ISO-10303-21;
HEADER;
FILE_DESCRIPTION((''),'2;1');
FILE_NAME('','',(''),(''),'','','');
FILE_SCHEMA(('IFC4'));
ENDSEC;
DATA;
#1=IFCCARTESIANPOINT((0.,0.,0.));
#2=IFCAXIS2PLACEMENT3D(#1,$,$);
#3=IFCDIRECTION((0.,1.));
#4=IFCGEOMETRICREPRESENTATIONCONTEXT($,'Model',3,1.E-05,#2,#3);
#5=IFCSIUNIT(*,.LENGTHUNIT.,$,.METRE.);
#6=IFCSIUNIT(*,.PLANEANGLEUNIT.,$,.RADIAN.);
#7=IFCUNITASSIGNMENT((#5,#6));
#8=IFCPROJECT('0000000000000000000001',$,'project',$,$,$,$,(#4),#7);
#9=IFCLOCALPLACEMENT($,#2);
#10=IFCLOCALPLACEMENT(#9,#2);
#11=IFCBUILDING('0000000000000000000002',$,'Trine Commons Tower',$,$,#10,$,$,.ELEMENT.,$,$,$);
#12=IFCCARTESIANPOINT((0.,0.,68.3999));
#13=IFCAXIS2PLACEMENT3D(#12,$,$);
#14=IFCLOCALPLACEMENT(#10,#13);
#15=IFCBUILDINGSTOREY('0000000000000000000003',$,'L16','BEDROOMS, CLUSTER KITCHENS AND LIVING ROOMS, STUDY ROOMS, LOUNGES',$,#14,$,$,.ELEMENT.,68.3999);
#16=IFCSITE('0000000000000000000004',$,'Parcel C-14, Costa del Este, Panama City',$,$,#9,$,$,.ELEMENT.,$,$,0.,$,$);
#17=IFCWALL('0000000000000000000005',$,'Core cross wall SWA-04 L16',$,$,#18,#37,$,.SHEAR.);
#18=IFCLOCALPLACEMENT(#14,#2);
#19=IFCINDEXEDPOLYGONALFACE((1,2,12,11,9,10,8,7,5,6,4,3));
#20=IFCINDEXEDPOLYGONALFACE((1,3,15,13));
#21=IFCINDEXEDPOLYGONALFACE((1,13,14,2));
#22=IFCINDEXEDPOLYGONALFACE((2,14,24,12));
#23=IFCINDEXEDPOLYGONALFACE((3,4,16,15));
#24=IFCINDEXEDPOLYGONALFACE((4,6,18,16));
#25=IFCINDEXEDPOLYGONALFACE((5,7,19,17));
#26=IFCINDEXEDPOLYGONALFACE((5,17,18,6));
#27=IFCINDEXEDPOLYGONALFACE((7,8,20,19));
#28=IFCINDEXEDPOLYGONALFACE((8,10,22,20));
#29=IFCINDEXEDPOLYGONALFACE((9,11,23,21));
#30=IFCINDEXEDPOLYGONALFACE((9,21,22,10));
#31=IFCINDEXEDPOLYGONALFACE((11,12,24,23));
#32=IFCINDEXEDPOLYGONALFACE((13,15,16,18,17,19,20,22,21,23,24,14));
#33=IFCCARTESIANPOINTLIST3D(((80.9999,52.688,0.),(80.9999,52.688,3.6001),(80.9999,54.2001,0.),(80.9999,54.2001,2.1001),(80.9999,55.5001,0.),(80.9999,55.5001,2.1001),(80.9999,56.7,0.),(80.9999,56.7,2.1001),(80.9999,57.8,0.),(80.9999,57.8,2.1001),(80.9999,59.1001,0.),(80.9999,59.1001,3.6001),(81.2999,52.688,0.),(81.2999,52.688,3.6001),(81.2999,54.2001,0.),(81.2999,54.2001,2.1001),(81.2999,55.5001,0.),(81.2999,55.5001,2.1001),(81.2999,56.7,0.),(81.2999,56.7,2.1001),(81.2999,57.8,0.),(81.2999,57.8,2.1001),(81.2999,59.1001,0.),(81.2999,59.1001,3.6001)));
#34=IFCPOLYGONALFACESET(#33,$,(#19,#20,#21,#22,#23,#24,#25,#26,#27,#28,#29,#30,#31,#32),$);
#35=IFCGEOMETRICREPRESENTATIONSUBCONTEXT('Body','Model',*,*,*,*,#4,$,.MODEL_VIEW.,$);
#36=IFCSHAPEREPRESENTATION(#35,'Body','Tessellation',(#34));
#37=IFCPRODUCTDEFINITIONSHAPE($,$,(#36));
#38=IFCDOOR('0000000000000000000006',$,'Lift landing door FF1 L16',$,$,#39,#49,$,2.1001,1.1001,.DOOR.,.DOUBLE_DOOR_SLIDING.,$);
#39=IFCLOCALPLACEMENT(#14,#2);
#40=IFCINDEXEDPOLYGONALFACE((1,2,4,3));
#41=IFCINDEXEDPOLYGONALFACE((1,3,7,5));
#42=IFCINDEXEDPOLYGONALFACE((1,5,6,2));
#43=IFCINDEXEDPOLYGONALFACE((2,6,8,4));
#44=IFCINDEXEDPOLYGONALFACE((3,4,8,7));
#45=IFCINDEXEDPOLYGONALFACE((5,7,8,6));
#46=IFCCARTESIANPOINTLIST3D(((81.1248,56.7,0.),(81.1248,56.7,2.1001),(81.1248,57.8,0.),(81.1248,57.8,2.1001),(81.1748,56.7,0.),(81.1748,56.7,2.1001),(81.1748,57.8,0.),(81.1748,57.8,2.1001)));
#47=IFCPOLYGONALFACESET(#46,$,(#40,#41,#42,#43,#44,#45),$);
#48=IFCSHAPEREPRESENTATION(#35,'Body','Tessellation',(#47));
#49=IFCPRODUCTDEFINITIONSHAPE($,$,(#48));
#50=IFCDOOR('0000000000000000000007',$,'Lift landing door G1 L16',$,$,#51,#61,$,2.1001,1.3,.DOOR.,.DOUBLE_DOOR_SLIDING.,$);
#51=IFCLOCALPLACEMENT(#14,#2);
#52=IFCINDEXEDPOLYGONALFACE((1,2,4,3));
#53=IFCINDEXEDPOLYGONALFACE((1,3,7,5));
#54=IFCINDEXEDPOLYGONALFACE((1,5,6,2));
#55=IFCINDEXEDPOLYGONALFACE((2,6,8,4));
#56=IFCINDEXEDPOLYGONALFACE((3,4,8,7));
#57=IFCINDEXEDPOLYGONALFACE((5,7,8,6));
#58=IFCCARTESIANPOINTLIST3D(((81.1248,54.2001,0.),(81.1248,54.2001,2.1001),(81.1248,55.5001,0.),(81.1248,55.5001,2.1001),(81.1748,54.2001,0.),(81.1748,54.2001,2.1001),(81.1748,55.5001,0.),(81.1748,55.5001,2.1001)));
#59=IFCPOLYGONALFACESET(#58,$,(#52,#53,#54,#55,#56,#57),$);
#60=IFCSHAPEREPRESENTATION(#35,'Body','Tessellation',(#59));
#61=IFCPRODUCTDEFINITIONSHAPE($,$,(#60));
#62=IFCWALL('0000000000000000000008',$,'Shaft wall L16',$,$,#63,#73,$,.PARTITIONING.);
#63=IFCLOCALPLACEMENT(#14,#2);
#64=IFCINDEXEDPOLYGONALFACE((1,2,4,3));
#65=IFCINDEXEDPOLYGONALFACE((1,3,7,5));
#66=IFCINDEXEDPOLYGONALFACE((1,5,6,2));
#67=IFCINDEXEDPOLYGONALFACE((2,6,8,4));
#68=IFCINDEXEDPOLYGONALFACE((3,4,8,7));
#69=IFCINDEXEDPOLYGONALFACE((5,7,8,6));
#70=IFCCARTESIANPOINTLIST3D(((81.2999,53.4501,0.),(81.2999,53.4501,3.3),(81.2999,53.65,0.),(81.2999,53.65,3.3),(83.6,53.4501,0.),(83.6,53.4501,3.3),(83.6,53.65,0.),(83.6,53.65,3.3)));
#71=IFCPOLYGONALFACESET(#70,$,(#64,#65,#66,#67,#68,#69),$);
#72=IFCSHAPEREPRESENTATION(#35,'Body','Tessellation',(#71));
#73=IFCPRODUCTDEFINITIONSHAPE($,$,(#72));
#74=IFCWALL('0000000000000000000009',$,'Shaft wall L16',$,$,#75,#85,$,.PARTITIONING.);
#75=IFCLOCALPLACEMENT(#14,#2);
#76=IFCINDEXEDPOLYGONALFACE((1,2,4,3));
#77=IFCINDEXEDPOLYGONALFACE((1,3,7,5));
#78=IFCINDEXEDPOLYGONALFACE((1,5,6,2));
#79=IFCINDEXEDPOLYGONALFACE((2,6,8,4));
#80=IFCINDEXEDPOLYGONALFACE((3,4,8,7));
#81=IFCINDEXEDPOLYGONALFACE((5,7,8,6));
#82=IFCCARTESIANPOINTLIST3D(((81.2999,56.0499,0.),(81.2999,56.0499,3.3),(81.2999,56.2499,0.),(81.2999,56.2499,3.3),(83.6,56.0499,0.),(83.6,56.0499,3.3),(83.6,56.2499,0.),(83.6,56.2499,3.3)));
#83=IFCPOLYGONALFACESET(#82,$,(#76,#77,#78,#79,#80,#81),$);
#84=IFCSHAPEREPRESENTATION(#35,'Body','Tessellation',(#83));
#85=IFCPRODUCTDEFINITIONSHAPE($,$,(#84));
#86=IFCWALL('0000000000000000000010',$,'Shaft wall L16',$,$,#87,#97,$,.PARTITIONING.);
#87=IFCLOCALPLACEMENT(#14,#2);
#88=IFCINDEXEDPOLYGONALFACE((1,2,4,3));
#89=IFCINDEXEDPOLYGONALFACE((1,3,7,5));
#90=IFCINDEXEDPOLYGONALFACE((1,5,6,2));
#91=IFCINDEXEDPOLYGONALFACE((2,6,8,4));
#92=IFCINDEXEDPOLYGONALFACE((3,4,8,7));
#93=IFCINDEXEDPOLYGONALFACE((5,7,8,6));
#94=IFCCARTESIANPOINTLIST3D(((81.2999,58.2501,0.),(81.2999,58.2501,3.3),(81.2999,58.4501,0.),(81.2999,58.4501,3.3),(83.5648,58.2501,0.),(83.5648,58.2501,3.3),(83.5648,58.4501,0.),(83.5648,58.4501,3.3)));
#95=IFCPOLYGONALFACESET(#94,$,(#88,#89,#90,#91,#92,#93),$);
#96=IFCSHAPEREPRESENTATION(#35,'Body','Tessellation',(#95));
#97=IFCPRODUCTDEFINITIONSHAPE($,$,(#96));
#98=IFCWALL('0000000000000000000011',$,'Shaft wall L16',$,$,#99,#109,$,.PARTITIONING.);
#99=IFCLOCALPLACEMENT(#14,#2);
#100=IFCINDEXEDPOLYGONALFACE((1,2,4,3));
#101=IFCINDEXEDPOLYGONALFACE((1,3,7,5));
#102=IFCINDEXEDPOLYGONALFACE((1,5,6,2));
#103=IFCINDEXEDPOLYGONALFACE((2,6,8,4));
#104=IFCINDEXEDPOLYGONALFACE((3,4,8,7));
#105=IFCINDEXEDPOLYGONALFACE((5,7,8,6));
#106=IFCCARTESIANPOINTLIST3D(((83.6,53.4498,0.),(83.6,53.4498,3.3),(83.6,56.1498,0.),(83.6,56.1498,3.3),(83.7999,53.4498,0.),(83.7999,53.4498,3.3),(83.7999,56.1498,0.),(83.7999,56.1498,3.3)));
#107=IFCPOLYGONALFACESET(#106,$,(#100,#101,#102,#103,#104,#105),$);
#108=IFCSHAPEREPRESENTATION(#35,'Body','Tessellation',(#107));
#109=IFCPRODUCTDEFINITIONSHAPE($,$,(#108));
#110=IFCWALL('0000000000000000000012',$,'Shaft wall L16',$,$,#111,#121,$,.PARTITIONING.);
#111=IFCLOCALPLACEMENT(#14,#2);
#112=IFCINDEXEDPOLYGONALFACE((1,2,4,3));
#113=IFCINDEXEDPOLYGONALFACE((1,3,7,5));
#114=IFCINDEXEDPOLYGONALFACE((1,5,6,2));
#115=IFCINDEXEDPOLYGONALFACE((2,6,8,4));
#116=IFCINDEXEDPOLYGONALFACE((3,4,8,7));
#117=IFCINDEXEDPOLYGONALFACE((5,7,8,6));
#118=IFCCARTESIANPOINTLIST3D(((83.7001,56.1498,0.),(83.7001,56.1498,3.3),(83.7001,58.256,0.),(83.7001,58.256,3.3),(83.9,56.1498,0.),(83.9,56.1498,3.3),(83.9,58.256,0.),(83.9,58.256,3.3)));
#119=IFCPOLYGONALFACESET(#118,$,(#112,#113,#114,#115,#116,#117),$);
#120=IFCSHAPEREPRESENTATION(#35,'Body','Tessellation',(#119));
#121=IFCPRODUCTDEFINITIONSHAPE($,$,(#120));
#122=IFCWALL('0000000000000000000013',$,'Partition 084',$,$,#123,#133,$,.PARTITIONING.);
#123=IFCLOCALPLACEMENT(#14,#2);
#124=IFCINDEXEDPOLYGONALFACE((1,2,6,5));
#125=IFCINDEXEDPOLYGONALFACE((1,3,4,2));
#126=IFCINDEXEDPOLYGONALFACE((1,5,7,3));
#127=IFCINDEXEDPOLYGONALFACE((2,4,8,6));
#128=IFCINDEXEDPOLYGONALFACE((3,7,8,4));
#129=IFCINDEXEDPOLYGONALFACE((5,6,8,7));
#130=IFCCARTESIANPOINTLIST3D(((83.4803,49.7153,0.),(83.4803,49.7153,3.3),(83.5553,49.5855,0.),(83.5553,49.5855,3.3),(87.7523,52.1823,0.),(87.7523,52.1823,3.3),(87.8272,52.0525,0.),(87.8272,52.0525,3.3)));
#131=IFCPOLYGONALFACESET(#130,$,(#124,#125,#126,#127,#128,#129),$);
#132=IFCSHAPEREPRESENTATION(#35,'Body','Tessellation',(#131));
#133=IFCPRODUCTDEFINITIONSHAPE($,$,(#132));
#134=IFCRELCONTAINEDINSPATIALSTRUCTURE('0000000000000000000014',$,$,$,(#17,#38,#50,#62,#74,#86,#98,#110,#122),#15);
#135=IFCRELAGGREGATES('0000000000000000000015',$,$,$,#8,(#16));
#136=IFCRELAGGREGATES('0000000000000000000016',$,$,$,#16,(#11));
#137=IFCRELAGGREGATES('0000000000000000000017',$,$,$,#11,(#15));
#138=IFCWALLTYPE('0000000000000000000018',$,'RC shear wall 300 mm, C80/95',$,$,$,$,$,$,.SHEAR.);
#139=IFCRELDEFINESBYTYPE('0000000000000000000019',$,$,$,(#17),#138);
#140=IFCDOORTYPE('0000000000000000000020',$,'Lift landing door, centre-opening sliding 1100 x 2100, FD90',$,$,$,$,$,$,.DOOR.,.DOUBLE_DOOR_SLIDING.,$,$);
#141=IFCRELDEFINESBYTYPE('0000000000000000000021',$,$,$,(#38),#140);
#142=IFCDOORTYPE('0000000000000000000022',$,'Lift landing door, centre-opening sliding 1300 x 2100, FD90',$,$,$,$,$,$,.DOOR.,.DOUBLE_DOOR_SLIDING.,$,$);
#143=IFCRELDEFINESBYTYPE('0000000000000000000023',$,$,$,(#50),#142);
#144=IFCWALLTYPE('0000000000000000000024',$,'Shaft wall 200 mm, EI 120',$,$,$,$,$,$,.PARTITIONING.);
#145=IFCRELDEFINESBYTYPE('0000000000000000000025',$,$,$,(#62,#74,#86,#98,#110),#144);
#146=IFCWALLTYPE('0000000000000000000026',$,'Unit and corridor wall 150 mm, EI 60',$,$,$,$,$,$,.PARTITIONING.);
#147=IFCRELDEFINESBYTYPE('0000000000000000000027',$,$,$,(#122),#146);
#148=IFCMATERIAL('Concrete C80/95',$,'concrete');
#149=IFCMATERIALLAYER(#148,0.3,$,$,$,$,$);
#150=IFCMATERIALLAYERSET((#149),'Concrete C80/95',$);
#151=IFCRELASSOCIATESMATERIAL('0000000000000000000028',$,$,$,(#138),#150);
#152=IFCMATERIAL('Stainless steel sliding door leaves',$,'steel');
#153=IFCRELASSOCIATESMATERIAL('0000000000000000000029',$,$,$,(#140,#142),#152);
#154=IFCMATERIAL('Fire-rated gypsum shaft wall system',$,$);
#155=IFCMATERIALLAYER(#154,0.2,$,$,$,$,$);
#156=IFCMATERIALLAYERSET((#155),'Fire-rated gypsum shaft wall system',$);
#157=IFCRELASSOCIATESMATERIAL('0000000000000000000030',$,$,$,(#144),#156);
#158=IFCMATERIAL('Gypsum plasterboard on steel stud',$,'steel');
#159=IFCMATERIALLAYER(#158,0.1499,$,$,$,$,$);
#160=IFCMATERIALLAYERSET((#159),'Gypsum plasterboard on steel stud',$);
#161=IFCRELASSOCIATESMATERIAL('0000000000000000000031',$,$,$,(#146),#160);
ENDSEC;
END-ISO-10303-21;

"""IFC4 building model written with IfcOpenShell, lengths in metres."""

from ifc_helpers import new_model, si_unit, direction, frame, frame_2d, origin, place, context, subcontext, project, spatial, rectangle, extrude, material, layer, layer_set, type_object, element, fill, save


model = new_model("IFC4")

# Units and contexts
model_context = context("Model", 3, precision=1e-05, world=origin(), true_north=direction((0.0, 1.0)))
body_context = subcontext(model_context, "Body", "Model", "MODEL_VIEW")
ifc_project = project(units=[si_unit("LENGTHUNIT", "METRE"), si_unit("PLANEANGLEUNIT", "RADIAN")], contexts=[model_context])

# Site, building, storey
site_placement = place(None, origin())
site = spatial("IfcSite", under=ifc_project, at=site_placement, Name="Parcel C-14, Costa del Este, Panama City", CompositionType="ELEMENT", RefElevation=0.0)
building_placement = place(site_placement, origin())
building = spatial("IfcBuilding", under=site, at=building_placement, Name="Trine Commons Tower", CompositionType="ELEMENT")
storey_placement = place(building_placement, frame((0.0, 0.0, 68.3999)))
storey = spatial("IfcBuildingStorey", under=building, at=storey_placement, Name="L16", Description="BEDROOMS, CLUSTER KITCHENS AND LIVING ROOMS, STUDY ROOMS, LOUNGES", CompositionType="ELEMENT", Elevation=68.3999)

# Shared definitions
ifc_material_1 = material(Name="Fire-rated gypsum shaft wall system")
ifc_material_2 = material(Name="Concrete C80/95", Category="concrete")

# Wall, openings, doors
ifc_layer_1 = layer(ifc_material_2, 0.3)
ifc_layer_set_1 = layer_set([ifc_layer_1], Name="Concrete C80/95")
wall_type_1 = type_object("IfcWallType", Name="RC shear wall 300 mm, C80/95", PredefinedType="SHEAR", material=ifc_layer_set_1)
ifc_material_3 = material(Name="Stainless steel sliding door leaves", Category="steel")
door_type_1 = type_object("IfcDoorType", Name="Lift landing door, centre-opening sliding 1100 x 2100, FD90", OperationType="DOUBLE_DOOR_SLIDING", PredefinedType="DOOR", material=ifc_material_3)
wall_1_placement = place(storey_placement, frame((81.1499, 59.1001, 0.0), z_axis=(0.0, 0.0, 1.0), x_axis=(0.0, -1.0, 0.0)))
wall_1 = element("IfcWall", 1, at=wall_1_placement, inside=storey, type_object=wall_type_1, Name="Core cross wall SWA-04 L16", PredefinedType="SHEAR", context=body_context, shape_type="SweptSolid", body=[
    extrude(rectangle(XDim=6.4121, YDim=0.3, at=frame_2d((3.2061, 0.0))), origin(), (0.0, 0.0, 1.0), 3.6001),
])
opening_1_placement = place(wall_1_placement, frame((3.6001, 0.0, 0.0)))
opening_1 = element("IfcOpeningElement", 2, at=opening_1_placement, cuts=wall_1, PredefinedType="OPENING", context=body_context, shape_type="SweptSolid", body=[
    extrude(rectangle(XDim=1.3, YDim=2.1001, at=frame_2d((0.6499, 1.05))), frame((0.0, 0.1599, 0.0), z_axis=(0.0, -1.0, 0.0), x_axis=(1.0, 0.0, 0.0)), (0.0, 0.0, 1.0), 0.3201),
])
opening_2_placement = place(wall_1_placement, frame((1.3, 0.0, 0.0)))
opening_2 = element("IfcOpeningElement", 3, at=opening_2_placement, cuts=wall_1, PredefinedType="OPENING", context=body_context, shape_type="SweptSolid", body=[
    extrude(rectangle(XDim=1.1001, YDim=2.1001, at=frame_2d((0.55, 1.05))), frame((0.0, 0.1599, 0.0), z_axis=(0.0, -1.0, 0.0), x_axis=(1.0, 0.0, 0.0)), (0.0, 0.0, 1.0), 0.3201),
])
door_1_placement = place(opening_2_placement, origin())
door_1 = element("IfcDoor", 4, at=door_1_placement, inside=storey, type_object=door_type_1, Name="Lift landing door FF1 L16", OperationType="DOUBLE_DOOR_SLIDING", OverallHeight=2.1001, OverallWidth=1.1001, PredefinedType="DOOR", context=body_context, shape_type="SweptSolid", body=[
    extrude(rectangle(XDim=1.1001, YDim=2.1001, at=frame_2d((0.55, 1.05))), frame((0.0, 0.0249, 0.0), z_axis=(0.0, -1.0, 0.0), x_axis=(1.0, 0.0, 0.0)), (0.0, 0.0, 1.0), 0.05),
])
fill(opening_2, door_1)
door_type_2 = type_object("IfcDoorType", Name="Lift landing door, centre-opening sliding 1300 x 2100, FD90", OperationType="DOUBLE_DOOR_SLIDING", PredefinedType="DOOR", material=ifc_material_3)
door_2_placement = place(opening_1_placement, origin())
door_2 = element("IfcDoor", 5, at=door_2_placement, inside=storey, type_object=door_type_2, Name="Lift landing door G1 L16", OperationType="DOUBLE_DOOR_SLIDING", OverallHeight=2.1001, OverallWidth=1.3, PredefinedType="DOOR", context=body_context, shape_type="SweptSolid", body=[
    extrude(rectangle(XDim=1.3, YDim=2.1001, at=frame_2d((0.6499, 1.05))), frame((0.0, 0.0249, 0.0), z_axis=(0.0, -1.0, 0.0), x_axis=(1.0, 0.0, 0.0)), (0.0, 0.0, 1.0), 0.05),
])
fill(opening_1, door_2)

# Walls
ifc_layer_2 = layer(ifc_material_1, 0.2)
ifc_layer_set_2 = layer_set([ifc_layer_2], Name="Fire-rated gypsum shaft wall system")
wall_type_2 = type_object("IfcWallType", Name="Shaft wall 200 mm, EI 120", PredefinedType="PARTITIONING", material=ifc_layer_set_2)
for number, where, z_axis, x_axis, name in (
    (6, (81.3, 53.55, 0.0), (0.0, 0.0, 1.0), (1.0, 0.0, 0.0), "Shaft wall L16"),
    (7, (81.3, 56.1499, 0.0), (0.0, 0.0, 1.0), (1.0, 0.0, 0.0), "Shaft wall L16"),
):
    element("IfcWall", number, at=place(storey_placement, frame(where, z_axis=z_axis, x_axis=x_axis)), inside=storey, type_object=wall_type_2, Name=name, PredefinedType="PARTITIONING", context=body_context, shape_type="SweptSolid", body=[
        extrude(rectangle(XDim=2.3, YDim=0.2, at=frame_2d((1.1499, 0.0))), origin(), (0.0, 0.0, 1.0), 3.3),
    ])
wall_2_placement = place(storey_placement, frame((81.3, 58.3501, 0.0), z_axis=(0.0, 0.0, 1.0), x_axis=(1.0, 0.0, 0.0)))
element("IfcWall", 8, at=wall_2_placement, inside=storey, type_object=wall_type_2, Name="Shaft wall L16", PredefinedType="PARTITIONING", context=body_context, shape_type="SweptSolid", body=[
    extrude(rectangle(XDim=2.2649, YDim=0.2, at=frame_2d((1.1323, 0.0))), origin(), (0.0, 0.0, 1.0), 3.3),
])
wall_3_placement = place(storey_placement, frame((83.7, 56.1499, 0.0), z_axis=(0.0, 0.0, 1.0), x_axis=(0.0, -1.0, 0.0)))
element("IfcWall", 9, at=wall_3_placement, inside=storey, type_object=wall_type_2, Name="Shaft wall L16", PredefinedType="PARTITIONING", context=body_context, shape_type="SweptSolid", body=[
    extrude(rectangle(XDim=2.7, YDim=0.2, at=frame_2d((1.3501, 0.0))), origin(), (0.0, 0.0, 1.0), 3.3),
])
wall_4_placement = place(storey_placement, frame((83.8, 58.2561, 0.0), z_axis=(0.0, 0.0, 1.0), x_axis=(0.0, -1.0, 0.0)))
element("IfcWall", 10, at=wall_4_placement, inside=storey, type_object=wall_type_2, Name="Shaft wall L16", PredefinedType="PARTITIONING", context=body_context, shape_type="SweptSolid", body=[
    extrude(rectangle(XDim=2.1062, YDim=0.2, at=frame_2d((1.0532, 0.0))), origin(), (0.0, 0.0, 1.0), 3.3),
])
ifc_material_4 = material(Name="Gypsum plasterboard on steel stud", Category="steel")
ifc_layer_3 = layer(ifc_material_4, 0.1499)
ifc_layer_set_3 = layer_set([ifc_layer_3], Name="Gypsum plasterboard on steel stud")
wall_type_3 = type_object("IfcWallType", Name="Unit and corridor wall 150 mm, EI 60", PredefinedType="PARTITIONING", material=ifc_layer_set_3)
wall_5_placement = place(storey_placement, frame((83.5178, 49.6504, 0.0), z_axis=(0.0, 0.0, 1.0), x_axis=(0.865971, 0.500094, 0.0)))
element("IfcWall", 11, at=wall_5_placement, inside=storey, type_object=wall_type_3, Name="Partition 084", PredefinedType="PARTITIONING", context=body_context, shape_type="SweptSolid", body=[
    extrude(rectangle(XDim=4.9331, YDim=0.1499, at=frame_2d((2.4666, 0.0))), origin(), (0.0, 0.0, 1.0), 3.3),
])

save(model, "model.ifc")
